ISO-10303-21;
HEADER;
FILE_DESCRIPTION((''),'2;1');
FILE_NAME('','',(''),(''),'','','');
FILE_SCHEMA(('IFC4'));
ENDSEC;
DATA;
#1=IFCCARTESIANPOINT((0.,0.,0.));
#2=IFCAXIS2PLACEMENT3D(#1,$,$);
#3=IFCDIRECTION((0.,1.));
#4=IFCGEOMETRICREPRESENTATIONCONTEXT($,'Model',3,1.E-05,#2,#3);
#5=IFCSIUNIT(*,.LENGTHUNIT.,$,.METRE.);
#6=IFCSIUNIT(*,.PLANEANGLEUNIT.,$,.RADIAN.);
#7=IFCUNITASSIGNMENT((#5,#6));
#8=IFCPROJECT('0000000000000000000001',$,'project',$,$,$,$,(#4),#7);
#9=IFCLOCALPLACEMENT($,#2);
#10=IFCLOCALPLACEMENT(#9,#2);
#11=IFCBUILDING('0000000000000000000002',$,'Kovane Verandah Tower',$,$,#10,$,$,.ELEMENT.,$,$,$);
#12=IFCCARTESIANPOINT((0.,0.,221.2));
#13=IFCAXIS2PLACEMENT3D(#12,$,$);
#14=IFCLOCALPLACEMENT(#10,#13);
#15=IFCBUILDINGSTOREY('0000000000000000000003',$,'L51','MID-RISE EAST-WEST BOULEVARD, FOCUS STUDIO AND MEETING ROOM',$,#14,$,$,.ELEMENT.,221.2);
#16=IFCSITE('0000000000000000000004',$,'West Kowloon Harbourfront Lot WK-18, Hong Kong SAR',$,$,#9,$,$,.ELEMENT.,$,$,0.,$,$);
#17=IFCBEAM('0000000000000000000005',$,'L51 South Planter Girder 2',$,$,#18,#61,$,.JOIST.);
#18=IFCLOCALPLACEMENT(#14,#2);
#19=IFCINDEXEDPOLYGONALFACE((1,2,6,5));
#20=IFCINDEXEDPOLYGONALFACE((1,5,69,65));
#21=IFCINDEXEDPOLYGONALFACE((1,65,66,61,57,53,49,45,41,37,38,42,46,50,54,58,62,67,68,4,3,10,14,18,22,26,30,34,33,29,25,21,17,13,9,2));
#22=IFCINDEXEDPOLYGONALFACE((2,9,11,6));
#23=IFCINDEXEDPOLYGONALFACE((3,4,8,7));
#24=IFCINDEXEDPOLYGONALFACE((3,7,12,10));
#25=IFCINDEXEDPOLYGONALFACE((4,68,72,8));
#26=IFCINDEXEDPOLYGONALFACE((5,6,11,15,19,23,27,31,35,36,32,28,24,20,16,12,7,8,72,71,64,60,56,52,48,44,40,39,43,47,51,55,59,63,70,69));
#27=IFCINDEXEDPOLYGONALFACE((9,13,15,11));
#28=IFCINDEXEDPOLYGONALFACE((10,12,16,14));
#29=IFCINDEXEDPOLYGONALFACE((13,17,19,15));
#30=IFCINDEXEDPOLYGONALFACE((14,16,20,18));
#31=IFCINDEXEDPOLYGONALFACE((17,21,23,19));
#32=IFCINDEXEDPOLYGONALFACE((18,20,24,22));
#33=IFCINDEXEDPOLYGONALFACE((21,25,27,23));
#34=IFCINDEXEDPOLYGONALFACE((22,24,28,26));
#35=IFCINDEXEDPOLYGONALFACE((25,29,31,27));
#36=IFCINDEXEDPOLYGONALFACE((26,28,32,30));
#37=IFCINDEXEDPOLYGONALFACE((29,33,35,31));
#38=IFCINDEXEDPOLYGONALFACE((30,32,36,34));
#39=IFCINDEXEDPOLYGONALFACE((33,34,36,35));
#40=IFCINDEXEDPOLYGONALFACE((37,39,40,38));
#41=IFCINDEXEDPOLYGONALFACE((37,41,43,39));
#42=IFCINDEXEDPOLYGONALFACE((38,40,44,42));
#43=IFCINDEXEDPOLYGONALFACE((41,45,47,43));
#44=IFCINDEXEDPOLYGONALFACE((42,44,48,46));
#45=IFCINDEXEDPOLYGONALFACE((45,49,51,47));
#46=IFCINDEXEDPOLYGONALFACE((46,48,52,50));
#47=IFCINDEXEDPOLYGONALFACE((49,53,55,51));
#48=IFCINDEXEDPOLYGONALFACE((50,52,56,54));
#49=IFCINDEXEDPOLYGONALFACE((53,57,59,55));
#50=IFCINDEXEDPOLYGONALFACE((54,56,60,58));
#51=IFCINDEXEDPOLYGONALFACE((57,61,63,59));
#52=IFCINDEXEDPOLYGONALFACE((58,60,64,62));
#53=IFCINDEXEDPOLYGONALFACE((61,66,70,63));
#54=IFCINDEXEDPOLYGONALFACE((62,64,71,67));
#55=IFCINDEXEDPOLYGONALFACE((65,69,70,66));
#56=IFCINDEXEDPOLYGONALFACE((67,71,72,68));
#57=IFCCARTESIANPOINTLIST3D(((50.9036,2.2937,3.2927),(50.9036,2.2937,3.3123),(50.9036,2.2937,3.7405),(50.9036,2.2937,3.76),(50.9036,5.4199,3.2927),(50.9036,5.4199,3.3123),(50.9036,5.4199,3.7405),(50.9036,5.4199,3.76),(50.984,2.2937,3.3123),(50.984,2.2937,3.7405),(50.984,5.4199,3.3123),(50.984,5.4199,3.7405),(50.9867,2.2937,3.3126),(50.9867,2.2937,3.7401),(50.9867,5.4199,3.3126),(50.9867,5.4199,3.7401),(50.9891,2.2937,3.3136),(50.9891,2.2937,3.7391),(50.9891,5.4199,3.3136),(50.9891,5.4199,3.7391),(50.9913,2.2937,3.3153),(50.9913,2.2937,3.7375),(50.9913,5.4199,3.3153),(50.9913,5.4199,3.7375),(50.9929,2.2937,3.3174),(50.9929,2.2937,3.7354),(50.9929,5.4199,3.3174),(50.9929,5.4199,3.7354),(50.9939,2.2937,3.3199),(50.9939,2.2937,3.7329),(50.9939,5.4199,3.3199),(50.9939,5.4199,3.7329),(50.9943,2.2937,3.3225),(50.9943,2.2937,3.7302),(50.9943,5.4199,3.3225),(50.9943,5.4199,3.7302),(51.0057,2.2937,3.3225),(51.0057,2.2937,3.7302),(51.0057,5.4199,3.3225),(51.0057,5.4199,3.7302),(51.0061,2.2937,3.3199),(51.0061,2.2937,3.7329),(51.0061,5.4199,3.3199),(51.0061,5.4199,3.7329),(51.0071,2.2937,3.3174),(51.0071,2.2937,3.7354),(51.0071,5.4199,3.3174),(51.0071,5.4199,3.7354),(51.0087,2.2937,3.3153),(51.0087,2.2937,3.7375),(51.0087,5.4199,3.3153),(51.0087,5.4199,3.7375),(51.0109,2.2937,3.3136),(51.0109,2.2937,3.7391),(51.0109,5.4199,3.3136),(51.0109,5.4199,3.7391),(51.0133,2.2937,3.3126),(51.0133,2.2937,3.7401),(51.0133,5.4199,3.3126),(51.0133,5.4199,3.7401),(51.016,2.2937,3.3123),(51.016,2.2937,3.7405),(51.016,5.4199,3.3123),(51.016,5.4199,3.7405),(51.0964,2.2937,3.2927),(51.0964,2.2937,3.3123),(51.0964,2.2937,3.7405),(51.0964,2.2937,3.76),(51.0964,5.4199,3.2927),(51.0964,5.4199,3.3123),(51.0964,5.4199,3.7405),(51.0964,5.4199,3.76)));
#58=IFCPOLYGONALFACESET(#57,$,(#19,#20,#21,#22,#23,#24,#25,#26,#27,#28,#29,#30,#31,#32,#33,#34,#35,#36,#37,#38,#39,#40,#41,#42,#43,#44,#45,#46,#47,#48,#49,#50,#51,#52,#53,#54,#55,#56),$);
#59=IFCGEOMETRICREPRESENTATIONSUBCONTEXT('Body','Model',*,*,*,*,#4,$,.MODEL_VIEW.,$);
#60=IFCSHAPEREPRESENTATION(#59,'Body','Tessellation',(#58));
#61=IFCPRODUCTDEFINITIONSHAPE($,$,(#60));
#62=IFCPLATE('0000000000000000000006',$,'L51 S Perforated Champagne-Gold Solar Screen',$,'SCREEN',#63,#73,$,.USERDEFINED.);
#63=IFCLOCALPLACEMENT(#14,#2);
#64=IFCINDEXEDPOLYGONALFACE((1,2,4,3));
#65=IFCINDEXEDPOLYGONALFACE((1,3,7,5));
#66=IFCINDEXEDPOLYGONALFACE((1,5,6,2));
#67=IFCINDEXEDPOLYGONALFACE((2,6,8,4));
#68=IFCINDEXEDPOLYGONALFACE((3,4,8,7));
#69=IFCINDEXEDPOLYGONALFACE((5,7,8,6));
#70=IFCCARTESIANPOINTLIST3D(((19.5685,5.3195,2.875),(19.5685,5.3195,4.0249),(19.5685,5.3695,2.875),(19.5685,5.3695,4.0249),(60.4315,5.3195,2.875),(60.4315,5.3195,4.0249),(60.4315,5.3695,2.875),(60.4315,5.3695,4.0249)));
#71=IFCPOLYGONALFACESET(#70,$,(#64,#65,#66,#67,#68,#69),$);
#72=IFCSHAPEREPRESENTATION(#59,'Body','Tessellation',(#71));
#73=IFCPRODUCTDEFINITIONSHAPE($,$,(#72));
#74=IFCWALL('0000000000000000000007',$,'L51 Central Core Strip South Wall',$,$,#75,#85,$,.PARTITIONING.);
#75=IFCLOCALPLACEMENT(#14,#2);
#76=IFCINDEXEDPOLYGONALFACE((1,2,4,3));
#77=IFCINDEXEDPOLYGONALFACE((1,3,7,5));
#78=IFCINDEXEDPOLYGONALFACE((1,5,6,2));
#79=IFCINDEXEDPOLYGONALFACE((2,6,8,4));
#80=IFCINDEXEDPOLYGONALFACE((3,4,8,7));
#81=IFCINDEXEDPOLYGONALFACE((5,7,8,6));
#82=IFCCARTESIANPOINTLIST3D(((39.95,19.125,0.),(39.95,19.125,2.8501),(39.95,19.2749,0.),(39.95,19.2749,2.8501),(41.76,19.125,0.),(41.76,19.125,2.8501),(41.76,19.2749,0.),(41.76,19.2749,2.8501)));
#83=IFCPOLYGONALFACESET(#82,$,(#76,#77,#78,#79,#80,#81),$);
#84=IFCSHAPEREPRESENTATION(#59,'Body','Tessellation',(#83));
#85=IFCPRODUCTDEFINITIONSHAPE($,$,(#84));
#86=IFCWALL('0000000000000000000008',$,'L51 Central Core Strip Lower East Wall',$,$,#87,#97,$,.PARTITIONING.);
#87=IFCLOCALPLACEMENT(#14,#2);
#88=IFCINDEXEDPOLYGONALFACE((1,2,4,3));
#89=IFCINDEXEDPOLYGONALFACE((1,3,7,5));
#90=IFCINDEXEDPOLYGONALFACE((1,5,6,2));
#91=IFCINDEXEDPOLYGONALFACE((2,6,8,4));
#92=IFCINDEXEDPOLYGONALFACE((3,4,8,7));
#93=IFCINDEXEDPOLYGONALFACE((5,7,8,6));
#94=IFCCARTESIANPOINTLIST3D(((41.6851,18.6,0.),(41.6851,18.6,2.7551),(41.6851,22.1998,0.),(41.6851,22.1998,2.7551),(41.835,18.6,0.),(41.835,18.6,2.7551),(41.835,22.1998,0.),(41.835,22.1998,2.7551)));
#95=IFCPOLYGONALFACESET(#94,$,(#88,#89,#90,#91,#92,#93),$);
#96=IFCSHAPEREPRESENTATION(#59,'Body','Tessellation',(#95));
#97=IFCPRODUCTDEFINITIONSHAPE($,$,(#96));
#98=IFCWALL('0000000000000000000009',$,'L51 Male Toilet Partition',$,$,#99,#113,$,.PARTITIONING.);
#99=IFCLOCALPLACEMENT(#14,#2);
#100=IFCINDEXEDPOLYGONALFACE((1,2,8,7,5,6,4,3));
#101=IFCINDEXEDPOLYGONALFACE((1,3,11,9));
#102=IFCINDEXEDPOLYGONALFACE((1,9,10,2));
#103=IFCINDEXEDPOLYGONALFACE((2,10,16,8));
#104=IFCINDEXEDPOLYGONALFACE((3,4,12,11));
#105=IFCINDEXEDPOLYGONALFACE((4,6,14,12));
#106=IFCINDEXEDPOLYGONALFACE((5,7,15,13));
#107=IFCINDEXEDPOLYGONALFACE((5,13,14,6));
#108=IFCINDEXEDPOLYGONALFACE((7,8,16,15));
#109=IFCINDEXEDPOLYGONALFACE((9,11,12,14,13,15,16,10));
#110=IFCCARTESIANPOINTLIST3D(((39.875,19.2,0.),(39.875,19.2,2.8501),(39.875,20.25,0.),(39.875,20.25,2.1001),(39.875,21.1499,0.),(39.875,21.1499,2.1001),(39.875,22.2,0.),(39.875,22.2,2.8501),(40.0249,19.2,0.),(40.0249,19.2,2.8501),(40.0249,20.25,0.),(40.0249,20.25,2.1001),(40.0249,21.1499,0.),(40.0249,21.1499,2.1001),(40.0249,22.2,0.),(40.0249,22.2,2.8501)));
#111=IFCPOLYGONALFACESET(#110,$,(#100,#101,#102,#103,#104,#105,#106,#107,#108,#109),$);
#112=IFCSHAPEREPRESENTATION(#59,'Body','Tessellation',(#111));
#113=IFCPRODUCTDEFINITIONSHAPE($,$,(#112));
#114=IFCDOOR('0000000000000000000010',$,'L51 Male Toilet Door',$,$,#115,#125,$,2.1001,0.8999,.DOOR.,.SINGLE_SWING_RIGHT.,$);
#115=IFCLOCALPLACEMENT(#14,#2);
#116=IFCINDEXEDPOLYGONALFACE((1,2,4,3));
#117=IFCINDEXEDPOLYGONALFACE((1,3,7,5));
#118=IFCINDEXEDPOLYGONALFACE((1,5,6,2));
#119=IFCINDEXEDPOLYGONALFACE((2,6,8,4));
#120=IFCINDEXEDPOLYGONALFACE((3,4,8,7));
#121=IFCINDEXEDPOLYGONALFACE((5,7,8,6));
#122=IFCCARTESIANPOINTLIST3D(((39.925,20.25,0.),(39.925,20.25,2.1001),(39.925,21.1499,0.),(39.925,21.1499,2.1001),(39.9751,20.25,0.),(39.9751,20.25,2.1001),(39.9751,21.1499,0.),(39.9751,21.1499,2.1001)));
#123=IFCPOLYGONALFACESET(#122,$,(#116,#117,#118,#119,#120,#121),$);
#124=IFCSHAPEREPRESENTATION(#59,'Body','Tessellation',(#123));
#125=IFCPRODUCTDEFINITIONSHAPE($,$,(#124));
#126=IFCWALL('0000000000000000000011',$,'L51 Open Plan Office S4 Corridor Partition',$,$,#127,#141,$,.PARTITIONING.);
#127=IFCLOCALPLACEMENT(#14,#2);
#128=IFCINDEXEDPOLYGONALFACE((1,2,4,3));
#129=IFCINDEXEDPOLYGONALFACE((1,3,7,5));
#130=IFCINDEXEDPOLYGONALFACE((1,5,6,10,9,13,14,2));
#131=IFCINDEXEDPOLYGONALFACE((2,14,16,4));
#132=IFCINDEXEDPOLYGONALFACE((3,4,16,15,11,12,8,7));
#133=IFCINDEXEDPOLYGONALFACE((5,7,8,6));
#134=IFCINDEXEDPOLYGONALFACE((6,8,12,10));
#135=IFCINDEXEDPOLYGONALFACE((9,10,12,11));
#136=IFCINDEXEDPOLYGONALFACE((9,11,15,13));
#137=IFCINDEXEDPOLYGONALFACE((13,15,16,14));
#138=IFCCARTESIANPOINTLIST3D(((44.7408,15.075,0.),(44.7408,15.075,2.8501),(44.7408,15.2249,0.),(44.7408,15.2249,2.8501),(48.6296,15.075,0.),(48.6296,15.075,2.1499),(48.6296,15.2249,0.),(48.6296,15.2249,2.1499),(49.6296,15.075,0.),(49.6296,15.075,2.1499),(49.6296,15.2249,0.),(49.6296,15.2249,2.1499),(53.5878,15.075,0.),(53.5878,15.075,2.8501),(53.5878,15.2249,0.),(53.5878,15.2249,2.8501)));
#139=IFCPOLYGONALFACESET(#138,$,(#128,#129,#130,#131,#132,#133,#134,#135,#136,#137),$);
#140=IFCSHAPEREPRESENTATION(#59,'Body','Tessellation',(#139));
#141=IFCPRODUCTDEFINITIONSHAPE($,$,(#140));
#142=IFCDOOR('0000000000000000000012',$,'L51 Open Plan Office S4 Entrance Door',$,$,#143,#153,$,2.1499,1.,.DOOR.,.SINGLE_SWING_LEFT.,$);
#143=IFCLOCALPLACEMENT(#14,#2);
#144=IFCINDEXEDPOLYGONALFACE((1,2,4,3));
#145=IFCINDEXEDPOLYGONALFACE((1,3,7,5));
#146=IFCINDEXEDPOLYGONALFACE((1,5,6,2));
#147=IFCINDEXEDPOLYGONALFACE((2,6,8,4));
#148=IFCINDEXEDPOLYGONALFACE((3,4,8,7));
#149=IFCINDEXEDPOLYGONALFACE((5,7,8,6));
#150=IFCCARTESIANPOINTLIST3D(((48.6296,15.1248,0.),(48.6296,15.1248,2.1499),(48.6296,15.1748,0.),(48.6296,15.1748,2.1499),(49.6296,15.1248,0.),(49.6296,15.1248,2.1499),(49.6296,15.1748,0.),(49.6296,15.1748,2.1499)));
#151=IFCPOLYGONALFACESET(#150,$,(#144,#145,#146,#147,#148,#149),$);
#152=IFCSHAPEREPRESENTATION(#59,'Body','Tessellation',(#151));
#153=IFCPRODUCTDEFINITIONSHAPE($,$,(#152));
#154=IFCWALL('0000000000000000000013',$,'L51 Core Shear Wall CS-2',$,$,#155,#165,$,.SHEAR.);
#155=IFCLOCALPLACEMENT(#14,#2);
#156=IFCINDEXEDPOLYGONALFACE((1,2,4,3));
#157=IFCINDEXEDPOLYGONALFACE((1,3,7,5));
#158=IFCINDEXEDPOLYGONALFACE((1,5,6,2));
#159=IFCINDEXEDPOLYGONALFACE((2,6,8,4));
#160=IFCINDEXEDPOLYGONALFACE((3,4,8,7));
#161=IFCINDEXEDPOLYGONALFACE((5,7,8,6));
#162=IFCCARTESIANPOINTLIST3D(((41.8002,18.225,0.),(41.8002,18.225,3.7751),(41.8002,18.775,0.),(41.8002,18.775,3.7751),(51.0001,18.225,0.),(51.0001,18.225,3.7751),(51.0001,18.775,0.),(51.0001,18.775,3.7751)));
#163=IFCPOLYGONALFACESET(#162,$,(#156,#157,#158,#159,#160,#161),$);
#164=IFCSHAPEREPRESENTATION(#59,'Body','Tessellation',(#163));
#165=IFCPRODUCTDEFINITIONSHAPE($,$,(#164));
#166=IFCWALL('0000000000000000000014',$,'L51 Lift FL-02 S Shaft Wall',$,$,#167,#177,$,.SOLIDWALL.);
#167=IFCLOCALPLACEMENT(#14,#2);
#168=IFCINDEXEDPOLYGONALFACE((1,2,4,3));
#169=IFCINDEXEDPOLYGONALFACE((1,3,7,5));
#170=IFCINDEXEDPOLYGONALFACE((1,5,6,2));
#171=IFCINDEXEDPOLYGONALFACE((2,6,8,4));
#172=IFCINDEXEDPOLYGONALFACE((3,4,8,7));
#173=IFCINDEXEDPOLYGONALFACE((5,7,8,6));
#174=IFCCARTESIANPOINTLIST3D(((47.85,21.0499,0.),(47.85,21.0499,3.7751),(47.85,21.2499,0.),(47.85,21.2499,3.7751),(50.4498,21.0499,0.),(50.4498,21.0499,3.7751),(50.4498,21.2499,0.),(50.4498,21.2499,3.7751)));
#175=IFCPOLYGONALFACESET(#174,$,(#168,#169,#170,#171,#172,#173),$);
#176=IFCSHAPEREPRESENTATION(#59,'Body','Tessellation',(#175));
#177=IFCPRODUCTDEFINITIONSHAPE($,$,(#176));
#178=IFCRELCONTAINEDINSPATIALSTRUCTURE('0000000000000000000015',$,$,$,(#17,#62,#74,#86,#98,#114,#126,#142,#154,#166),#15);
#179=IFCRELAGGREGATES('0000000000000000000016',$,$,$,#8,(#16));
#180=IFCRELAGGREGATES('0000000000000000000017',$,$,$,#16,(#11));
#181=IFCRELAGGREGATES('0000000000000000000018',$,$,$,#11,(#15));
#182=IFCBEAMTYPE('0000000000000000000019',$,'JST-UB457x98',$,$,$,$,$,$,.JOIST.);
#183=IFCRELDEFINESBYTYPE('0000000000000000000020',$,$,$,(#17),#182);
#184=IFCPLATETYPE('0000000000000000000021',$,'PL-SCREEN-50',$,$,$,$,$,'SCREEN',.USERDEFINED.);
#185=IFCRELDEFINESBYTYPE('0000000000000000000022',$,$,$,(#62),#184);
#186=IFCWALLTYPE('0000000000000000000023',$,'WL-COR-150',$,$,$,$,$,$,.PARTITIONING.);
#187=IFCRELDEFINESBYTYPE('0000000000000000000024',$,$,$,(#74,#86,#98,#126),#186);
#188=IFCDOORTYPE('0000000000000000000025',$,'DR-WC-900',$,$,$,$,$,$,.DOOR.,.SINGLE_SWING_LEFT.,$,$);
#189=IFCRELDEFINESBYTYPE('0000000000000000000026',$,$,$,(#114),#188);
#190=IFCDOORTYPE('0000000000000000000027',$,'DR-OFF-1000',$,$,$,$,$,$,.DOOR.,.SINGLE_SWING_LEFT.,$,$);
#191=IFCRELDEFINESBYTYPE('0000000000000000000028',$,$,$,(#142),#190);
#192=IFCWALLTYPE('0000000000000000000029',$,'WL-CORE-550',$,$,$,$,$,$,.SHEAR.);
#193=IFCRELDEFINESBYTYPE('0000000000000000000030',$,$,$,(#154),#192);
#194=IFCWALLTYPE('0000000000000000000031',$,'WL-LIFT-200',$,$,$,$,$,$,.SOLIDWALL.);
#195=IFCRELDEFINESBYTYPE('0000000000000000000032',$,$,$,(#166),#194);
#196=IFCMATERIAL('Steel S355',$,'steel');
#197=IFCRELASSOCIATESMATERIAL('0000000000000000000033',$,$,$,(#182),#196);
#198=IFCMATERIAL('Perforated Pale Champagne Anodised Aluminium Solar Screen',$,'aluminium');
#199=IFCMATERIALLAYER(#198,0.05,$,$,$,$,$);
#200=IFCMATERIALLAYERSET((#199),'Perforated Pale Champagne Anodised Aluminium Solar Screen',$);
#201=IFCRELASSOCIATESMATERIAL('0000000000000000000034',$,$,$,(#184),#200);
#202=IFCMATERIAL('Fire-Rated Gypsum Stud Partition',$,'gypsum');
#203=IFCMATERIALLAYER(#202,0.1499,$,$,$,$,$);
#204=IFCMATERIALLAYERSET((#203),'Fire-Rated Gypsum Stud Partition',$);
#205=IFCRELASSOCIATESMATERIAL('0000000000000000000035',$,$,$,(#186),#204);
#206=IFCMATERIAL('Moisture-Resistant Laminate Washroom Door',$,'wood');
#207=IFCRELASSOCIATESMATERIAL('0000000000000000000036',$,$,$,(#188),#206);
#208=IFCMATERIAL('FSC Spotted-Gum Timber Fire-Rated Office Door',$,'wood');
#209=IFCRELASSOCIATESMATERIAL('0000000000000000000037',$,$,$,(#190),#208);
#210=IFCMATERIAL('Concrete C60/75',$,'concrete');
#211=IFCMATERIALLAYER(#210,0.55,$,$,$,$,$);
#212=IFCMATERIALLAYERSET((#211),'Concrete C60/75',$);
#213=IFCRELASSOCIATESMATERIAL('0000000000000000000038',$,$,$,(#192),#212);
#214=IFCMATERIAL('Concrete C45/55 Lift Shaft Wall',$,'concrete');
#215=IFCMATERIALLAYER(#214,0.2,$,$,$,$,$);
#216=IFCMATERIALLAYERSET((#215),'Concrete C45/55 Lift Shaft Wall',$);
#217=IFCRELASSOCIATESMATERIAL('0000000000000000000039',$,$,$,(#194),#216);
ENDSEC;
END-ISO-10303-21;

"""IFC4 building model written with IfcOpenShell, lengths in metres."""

from ifc_helpers import new_model, si_unit, direction, frame, frame_2d, origin, origin_2d, place, context, subcontext, project, spatial, rectangle, i_section, extrude, material, layer, layer_set, material_profile, profile_set, type_object, element, fill, save


model = new_model("IFC4")

# Units and contexts
model_context = context("Model", 3, precision=1e-05, world=origin(), true_north=direction((0.0, 1.0)))
body_context = subcontext(model_context, "Body", "Model", "MODEL_VIEW")
ifc_project = project(units=[si_unit("LENGTHUNIT", "METRE"), si_unit("PLANEANGLEUNIT", "RADIAN")], contexts=[model_context])

# Site, building, storey
site_placement = place(None, origin())
site = spatial("IfcSite", under=ifc_project, at=site_placement, Name="West Kowloon Harbourfront Lot WK-18, Hong Kong SAR", CompositionType="ELEMENT", RefElevation=0.0)
building_placement = place(site_placement, origin())
building = spatial("IfcBuilding", under=site, at=building_placement, Name="Kovane Verandah Tower", CompositionType="ELEMENT")
storey_placement = place(building_placement, frame((0.0, 0.0, 221.2)))
storey = spatial("IfcBuildingStorey", under=building, at=storey_placement, Name="L51", Description="MID-RISE EAST-WEST BOULEVARD, FOCUS STUDIO AND MEETING ROOM", CompositionType="ELEMENT", Elevation=221.2)

# Shared definitions
ifc_material_1 = material(Name="Concrete C60/75", Category="concrete")

# Beam
ifc_material_2 = material(Name="Steel S355", Category="steel")
ifc_material_profile_1 = material_profile(ifc_material_2, i_section(OverallWidth=0.1929, OverallDepth=0.4673, WebThickness=0.0115, FlangeThickness=0.0195, FilletRadius=0.0103, at=origin_2d()), Name="UB457x191x98")
ifc_profile_set_1 = profile_set([ifc_material_profile_1], Name="Steel S355")
beam_type_1 = type_object("IfcBeamType", Name="JST-UB457x98", PredefinedType="JOIST", material=ifc_profile_set_1)
beam_1_placement = place(storey_placement, frame((51.0, 5.4199, 3.5264), z_axis=(0.0, -1.0, 0.0), x_axis=(1.0, 0.0, 0.0)))
element("IfcBeam", 1, at=beam_1_placement, inside=storey, type_object=beam_type_1, Name="L51 South Planter Girder 2", PredefinedType="JOIST", context=body_context, shape_type="SweptSolid", body=[
    extrude(i_section(OverallWidth=0.1929, OverallDepth=0.4673, WebThickness=0.0115, FlangeThickness=0.0195, FilletRadius=0.0103, at=origin_2d()), origin(), (0.0, 0.0, 1.0), 3.1262),
])

# Plate
ifc_material_3 = material(Name="Perforated Pale Champagne Anodised Aluminium Solar Screen", Category="aluminium")
ifc_layer_1 = layer(ifc_material_3, 0.05)
ifc_layer_set_1 = layer_set([ifc_layer_1], Name="Perforated Pale Champagne Anodised Aluminium Solar Screen")
plate_type = type_object("IfcPlateType", Name="PL-SCREEN-50", ElementType="SCREEN", PredefinedType="USERDEFINED", material=ifc_layer_set_1)
plate_placement = place(storey_placement, frame((40.0, 5.3445, 2.875), z_axis=(0.0, 0.0, 1.0), x_axis=(1.0, 0.0, 0.0)))
element("IfcPlate", 2, at=plate_placement, inside=storey, type_object=plate_type, Name="L51 S Perforated Champagne-Gold Solar Screen", ObjectType="SCREEN", PredefinedType="USERDEFINED", context=body_context, shape_type="SweptSolid", body=[
    extrude(rectangle(XDim=40.863, YDim=0.05, at=origin_2d()), origin(), (0.0, 0.0, 1.0), 1.1499),
])

# Walls
ifc_material_4 = material(Name="Fire-Rated Gypsum Stud Partition", Category="gypsum")
ifc_layer_2 = layer(ifc_material_4, 0.1499)
ifc_layer_set_2 = layer_set([ifc_layer_2], Name="Fire-Rated Gypsum Stud Partition")
wall_type_1 = type_object("IfcWallType", Name="WL-COR-150", PredefinedType="PARTITIONING", material=ifc_layer_set_2)
wall_1_placement = place(storey_placement, frame((39.95, 19.2, 0.0), z_axis=(0.0, 0.0, 1.0), x_axis=(1.0, 0.0, 0.0)))
element("IfcWall", 3, at=wall_1_placement, inside=storey, type_object=wall_type_1, Name="L51 Central Core Strip South Wall", PredefinedType="PARTITIONING", context=body_context, shape_type="SweptSolid", body=[
    extrude(rectangle(XDim=1.8101, YDim=0.1499, at=frame_2d((0.905, 0.0))), origin(), (0.0, 0.0, 1.0), 2.8501),
])
wall_2_placement = place(storey_placement, frame((41.76, 18.6001, 0.0), z_axis=(0.0, 0.0, 1.0), x_axis=(0.0, 1.0, 0.0)))
element("IfcWall", 4, at=wall_2_placement, inside=storey, type_object=wall_type_1, Name="L51 Central Core Strip Lower East Wall", PredefinedType="PARTITIONING", context=body_context, shape_type="SweptSolid", body=[
    extrude(rectangle(XDim=3.5999, YDim=0.1499, at=frame_2d((1.7998, 0.0))), origin(), (0.0, 0.0, 1.0), 2.7551),
])

# Walls, openings, doors
wall_3_placement = place(storey_placement, frame((39.95, 19.2, 0.0), z_axis=(0.0, 0.0, 1.0), x_axis=(0.0, 1.0, 0.0)))
wall_3 = element("IfcWall", 5, at=wall_3_placement, inside=storey, type_object=wall_type_1, Name="L51 Male Toilet Partition", PredefinedType="PARTITIONING", context=body_context, shape_type="SweptSolid", body=[
    extrude(rectangle(XDim=3.0, YDim=0.1499, at=frame_2d((1.5, 0.0))), origin(), (0.0, 0.0, 1.0), 2.8501),
])
opening_1_placement = place(wall_3_placement, frame((1.05, 0.0, 0.0)))
opening_1 = element("IfcOpeningElement", 6, at=opening_1_placement, cuts=wall_3, PredefinedType="OPENING", context=body_context, shape_type="SweptSolid", body=[
    extrude(rectangle(XDim=0.8999, YDim=2.1001, at=frame_2d((0.45, 1.05))), frame((0.0, 0.075, 0.0), z_axis=(0.0, -1.0, 0.0), x_axis=(1.0, 0.0, 0.0)), (0.0, 0.0, 1.0), 0.1499),
])
ifc_material_5 = material(Name="Moisture-Resistant Laminate Washroom Door", Category="wood")
door_type_1 = type_object("IfcDoorType", Name="DR-WC-900", OperationType="SINGLE_SWING_LEFT", PredefinedType="DOOR", material=ifc_material_5)
door_1_placement = place(opening_1_placement, origin())
door_1 = element("IfcDoor", 7, at=door_1_placement, inside=storey, type_object=door_type_1, Name="L51 Male Toilet Door", OperationType="SINGLE_SWING_RIGHT", OverallHeight=2.1001, OverallWidth=0.8999, PredefinedType="DOOR", context=body_context, shape_type="SweptSolid", body=[
    extrude(rectangle(XDim=0.8999, YDim=2.1001, at=frame_2d((0.45, 1.05))), frame((0.0, 0.0249, 0.0), z_axis=(0.0, -1.0, 0.0), x_axis=(1.0, 0.0, 0.0)), (0.0, 0.0, 1.0), 0.05),
])
fill(opening_1, door_1)
wall_4_placement = place(storey_placement, frame((44.741, 15.1499, 0.0), z_axis=(0.0, 0.0, 1.0), x_axis=(1.0, 0.0, 0.0)))
wall_4 = element("IfcWall", 8, at=wall_4_placement, inside=storey, type_object=wall_type_1, Name="L51 Open Plan Office S4 Corridor Partition", PredefinedType="PARTITIONING", context=body_context, shape_type="SweptSolid", body=[
    extrude(rectangle(XDim=8.8469, YDim=0.1499, at=frame_2d((4.4233, 0.0))), origin(), (0.0, 0.0, 1.0), 2.8501),
])
opening_2_placement = place(wall_4_placement, frame((3.8887, 0.0, 0.0)))
opening_2 = element("IfcOpeningElement", 9, at=opening_2_placement, cuts=wall_4, PredefinedType="OPENING", context=body_context, shape_type="SweptSolid", body=[
    extrude(rectangle(XDim=1.0, YDim=2.1499, at=frame_2d((0.5, 1.075))), frame((0.0, 0.075, 0.0), z_axis=(0.0, -1.0, 0.0), x_axis=(1.0, 0.0, 0.0)), (0.0, 0.0, 1.0), 0.1499),
])
ifc_material_6 = material(Name="FSC Spotted-Gum Timber Fire-Rated Office Door", Category="wood")
door_type_2 = type_object("IfcDoorType", Name="DR-OFF-1000", OperationType="SINGLE_SWING_LEFT", PredefinedType="DOOR", material=ifc_material_6)
door_2_placement = place(opening_2_placement, origin())
door_2 = element("IfcDoor", 10, at=door_2_placement, inside=storey, type_object=door_type_2, Name="L51 Open Plan Office S4 Entrance Door", OperationType="SINGLE_SWING_LEFT", OverallHeight=2.1499, OverallWidth=1.0, PredefinedType="DOOR", context=body_context, shape_type="SweptSolid", body=[
    extrude(rectangle(XDim=1.0, YDim=2.1499, at=frame_2d((0.5, 1.075))), frame((0.0, 0.0249, 0.0), z_axis=(0.0, -1.0, 0.0), x_axis=(1.0, 0.0, 0.0)), (0.0, 0.0, 1.0), 0.05),
])
fill(opening_2, door_2)

# Walls
ifc_layer_3 = layer(ifc_material_1, 0.55)
ifc_layer_set_3 = layer_set([ifc_layer_3], Name="Concrete C60/75")
wall_type_2 = type_object("IfcWallType", Name="WL-CORE-550", PredefinedType="SHEAR", material=ifc_layer_set_3)
wall_5_placement = place(storey_placement, frame((41.8, 18.5, 0.0), z_axis=(0.0, 0.0, 1.0), x_axis=(1.0, 0.0, 0.0)))
element("IfcWall", 11, at=wall_5_placement, inside=storey, type_object=wall_type_2, Name="L51 Core Shear Wall CS-2", PredefinedType="SHEAR", context=body_context, shape_type="SweptSolid", body=[
    extrude(rectangle(XDim=9.2, YDim=0.55, at=frame_2d((4.6001, 0.0))), origin(), (0.0, 0.0, 1.0), 3.7751),
])
ifc_material_7 = material(Name="Concrete C45/55 Lift Shaft Wall", Category="concrete")
ifc_layer_4 = layer(ifc_material_7, 0.2)
ifc_layer_set_4 = layer_set([ifc_layer_4], Name="Concrete C45/55 Lift Shaft Wall")
wall_type_3 = type_object("IfcWallType", Name="WL-LIFT-200", PredefinedType="SOLIDWALL", material=ifc_layer_set_4)
wall_6_placement = place(storey_placement, frame((47.8501, 21.1499, 0.0), z_axis=(0.0, 0.0, 1.0), x_axis=(1.0, 0.0, 0.0)))
element("IfcWall", 12, at=wall_6_placement, inside=storey, type_object=wall_type_3, Name="L51 Lift FL-02 S Shaft Wall", PredefinedType="SOLIDWALL", context=body_context, shape_type="SweptSolid", body=[
    extrude(rectangle(XDim=2.5999, YDim=0.2, at=frame_2d((1.2998, 0.0))), origin(), (0.0, 0.0, 1.0), 3.7751),
])

save(model, "model.ifc")
